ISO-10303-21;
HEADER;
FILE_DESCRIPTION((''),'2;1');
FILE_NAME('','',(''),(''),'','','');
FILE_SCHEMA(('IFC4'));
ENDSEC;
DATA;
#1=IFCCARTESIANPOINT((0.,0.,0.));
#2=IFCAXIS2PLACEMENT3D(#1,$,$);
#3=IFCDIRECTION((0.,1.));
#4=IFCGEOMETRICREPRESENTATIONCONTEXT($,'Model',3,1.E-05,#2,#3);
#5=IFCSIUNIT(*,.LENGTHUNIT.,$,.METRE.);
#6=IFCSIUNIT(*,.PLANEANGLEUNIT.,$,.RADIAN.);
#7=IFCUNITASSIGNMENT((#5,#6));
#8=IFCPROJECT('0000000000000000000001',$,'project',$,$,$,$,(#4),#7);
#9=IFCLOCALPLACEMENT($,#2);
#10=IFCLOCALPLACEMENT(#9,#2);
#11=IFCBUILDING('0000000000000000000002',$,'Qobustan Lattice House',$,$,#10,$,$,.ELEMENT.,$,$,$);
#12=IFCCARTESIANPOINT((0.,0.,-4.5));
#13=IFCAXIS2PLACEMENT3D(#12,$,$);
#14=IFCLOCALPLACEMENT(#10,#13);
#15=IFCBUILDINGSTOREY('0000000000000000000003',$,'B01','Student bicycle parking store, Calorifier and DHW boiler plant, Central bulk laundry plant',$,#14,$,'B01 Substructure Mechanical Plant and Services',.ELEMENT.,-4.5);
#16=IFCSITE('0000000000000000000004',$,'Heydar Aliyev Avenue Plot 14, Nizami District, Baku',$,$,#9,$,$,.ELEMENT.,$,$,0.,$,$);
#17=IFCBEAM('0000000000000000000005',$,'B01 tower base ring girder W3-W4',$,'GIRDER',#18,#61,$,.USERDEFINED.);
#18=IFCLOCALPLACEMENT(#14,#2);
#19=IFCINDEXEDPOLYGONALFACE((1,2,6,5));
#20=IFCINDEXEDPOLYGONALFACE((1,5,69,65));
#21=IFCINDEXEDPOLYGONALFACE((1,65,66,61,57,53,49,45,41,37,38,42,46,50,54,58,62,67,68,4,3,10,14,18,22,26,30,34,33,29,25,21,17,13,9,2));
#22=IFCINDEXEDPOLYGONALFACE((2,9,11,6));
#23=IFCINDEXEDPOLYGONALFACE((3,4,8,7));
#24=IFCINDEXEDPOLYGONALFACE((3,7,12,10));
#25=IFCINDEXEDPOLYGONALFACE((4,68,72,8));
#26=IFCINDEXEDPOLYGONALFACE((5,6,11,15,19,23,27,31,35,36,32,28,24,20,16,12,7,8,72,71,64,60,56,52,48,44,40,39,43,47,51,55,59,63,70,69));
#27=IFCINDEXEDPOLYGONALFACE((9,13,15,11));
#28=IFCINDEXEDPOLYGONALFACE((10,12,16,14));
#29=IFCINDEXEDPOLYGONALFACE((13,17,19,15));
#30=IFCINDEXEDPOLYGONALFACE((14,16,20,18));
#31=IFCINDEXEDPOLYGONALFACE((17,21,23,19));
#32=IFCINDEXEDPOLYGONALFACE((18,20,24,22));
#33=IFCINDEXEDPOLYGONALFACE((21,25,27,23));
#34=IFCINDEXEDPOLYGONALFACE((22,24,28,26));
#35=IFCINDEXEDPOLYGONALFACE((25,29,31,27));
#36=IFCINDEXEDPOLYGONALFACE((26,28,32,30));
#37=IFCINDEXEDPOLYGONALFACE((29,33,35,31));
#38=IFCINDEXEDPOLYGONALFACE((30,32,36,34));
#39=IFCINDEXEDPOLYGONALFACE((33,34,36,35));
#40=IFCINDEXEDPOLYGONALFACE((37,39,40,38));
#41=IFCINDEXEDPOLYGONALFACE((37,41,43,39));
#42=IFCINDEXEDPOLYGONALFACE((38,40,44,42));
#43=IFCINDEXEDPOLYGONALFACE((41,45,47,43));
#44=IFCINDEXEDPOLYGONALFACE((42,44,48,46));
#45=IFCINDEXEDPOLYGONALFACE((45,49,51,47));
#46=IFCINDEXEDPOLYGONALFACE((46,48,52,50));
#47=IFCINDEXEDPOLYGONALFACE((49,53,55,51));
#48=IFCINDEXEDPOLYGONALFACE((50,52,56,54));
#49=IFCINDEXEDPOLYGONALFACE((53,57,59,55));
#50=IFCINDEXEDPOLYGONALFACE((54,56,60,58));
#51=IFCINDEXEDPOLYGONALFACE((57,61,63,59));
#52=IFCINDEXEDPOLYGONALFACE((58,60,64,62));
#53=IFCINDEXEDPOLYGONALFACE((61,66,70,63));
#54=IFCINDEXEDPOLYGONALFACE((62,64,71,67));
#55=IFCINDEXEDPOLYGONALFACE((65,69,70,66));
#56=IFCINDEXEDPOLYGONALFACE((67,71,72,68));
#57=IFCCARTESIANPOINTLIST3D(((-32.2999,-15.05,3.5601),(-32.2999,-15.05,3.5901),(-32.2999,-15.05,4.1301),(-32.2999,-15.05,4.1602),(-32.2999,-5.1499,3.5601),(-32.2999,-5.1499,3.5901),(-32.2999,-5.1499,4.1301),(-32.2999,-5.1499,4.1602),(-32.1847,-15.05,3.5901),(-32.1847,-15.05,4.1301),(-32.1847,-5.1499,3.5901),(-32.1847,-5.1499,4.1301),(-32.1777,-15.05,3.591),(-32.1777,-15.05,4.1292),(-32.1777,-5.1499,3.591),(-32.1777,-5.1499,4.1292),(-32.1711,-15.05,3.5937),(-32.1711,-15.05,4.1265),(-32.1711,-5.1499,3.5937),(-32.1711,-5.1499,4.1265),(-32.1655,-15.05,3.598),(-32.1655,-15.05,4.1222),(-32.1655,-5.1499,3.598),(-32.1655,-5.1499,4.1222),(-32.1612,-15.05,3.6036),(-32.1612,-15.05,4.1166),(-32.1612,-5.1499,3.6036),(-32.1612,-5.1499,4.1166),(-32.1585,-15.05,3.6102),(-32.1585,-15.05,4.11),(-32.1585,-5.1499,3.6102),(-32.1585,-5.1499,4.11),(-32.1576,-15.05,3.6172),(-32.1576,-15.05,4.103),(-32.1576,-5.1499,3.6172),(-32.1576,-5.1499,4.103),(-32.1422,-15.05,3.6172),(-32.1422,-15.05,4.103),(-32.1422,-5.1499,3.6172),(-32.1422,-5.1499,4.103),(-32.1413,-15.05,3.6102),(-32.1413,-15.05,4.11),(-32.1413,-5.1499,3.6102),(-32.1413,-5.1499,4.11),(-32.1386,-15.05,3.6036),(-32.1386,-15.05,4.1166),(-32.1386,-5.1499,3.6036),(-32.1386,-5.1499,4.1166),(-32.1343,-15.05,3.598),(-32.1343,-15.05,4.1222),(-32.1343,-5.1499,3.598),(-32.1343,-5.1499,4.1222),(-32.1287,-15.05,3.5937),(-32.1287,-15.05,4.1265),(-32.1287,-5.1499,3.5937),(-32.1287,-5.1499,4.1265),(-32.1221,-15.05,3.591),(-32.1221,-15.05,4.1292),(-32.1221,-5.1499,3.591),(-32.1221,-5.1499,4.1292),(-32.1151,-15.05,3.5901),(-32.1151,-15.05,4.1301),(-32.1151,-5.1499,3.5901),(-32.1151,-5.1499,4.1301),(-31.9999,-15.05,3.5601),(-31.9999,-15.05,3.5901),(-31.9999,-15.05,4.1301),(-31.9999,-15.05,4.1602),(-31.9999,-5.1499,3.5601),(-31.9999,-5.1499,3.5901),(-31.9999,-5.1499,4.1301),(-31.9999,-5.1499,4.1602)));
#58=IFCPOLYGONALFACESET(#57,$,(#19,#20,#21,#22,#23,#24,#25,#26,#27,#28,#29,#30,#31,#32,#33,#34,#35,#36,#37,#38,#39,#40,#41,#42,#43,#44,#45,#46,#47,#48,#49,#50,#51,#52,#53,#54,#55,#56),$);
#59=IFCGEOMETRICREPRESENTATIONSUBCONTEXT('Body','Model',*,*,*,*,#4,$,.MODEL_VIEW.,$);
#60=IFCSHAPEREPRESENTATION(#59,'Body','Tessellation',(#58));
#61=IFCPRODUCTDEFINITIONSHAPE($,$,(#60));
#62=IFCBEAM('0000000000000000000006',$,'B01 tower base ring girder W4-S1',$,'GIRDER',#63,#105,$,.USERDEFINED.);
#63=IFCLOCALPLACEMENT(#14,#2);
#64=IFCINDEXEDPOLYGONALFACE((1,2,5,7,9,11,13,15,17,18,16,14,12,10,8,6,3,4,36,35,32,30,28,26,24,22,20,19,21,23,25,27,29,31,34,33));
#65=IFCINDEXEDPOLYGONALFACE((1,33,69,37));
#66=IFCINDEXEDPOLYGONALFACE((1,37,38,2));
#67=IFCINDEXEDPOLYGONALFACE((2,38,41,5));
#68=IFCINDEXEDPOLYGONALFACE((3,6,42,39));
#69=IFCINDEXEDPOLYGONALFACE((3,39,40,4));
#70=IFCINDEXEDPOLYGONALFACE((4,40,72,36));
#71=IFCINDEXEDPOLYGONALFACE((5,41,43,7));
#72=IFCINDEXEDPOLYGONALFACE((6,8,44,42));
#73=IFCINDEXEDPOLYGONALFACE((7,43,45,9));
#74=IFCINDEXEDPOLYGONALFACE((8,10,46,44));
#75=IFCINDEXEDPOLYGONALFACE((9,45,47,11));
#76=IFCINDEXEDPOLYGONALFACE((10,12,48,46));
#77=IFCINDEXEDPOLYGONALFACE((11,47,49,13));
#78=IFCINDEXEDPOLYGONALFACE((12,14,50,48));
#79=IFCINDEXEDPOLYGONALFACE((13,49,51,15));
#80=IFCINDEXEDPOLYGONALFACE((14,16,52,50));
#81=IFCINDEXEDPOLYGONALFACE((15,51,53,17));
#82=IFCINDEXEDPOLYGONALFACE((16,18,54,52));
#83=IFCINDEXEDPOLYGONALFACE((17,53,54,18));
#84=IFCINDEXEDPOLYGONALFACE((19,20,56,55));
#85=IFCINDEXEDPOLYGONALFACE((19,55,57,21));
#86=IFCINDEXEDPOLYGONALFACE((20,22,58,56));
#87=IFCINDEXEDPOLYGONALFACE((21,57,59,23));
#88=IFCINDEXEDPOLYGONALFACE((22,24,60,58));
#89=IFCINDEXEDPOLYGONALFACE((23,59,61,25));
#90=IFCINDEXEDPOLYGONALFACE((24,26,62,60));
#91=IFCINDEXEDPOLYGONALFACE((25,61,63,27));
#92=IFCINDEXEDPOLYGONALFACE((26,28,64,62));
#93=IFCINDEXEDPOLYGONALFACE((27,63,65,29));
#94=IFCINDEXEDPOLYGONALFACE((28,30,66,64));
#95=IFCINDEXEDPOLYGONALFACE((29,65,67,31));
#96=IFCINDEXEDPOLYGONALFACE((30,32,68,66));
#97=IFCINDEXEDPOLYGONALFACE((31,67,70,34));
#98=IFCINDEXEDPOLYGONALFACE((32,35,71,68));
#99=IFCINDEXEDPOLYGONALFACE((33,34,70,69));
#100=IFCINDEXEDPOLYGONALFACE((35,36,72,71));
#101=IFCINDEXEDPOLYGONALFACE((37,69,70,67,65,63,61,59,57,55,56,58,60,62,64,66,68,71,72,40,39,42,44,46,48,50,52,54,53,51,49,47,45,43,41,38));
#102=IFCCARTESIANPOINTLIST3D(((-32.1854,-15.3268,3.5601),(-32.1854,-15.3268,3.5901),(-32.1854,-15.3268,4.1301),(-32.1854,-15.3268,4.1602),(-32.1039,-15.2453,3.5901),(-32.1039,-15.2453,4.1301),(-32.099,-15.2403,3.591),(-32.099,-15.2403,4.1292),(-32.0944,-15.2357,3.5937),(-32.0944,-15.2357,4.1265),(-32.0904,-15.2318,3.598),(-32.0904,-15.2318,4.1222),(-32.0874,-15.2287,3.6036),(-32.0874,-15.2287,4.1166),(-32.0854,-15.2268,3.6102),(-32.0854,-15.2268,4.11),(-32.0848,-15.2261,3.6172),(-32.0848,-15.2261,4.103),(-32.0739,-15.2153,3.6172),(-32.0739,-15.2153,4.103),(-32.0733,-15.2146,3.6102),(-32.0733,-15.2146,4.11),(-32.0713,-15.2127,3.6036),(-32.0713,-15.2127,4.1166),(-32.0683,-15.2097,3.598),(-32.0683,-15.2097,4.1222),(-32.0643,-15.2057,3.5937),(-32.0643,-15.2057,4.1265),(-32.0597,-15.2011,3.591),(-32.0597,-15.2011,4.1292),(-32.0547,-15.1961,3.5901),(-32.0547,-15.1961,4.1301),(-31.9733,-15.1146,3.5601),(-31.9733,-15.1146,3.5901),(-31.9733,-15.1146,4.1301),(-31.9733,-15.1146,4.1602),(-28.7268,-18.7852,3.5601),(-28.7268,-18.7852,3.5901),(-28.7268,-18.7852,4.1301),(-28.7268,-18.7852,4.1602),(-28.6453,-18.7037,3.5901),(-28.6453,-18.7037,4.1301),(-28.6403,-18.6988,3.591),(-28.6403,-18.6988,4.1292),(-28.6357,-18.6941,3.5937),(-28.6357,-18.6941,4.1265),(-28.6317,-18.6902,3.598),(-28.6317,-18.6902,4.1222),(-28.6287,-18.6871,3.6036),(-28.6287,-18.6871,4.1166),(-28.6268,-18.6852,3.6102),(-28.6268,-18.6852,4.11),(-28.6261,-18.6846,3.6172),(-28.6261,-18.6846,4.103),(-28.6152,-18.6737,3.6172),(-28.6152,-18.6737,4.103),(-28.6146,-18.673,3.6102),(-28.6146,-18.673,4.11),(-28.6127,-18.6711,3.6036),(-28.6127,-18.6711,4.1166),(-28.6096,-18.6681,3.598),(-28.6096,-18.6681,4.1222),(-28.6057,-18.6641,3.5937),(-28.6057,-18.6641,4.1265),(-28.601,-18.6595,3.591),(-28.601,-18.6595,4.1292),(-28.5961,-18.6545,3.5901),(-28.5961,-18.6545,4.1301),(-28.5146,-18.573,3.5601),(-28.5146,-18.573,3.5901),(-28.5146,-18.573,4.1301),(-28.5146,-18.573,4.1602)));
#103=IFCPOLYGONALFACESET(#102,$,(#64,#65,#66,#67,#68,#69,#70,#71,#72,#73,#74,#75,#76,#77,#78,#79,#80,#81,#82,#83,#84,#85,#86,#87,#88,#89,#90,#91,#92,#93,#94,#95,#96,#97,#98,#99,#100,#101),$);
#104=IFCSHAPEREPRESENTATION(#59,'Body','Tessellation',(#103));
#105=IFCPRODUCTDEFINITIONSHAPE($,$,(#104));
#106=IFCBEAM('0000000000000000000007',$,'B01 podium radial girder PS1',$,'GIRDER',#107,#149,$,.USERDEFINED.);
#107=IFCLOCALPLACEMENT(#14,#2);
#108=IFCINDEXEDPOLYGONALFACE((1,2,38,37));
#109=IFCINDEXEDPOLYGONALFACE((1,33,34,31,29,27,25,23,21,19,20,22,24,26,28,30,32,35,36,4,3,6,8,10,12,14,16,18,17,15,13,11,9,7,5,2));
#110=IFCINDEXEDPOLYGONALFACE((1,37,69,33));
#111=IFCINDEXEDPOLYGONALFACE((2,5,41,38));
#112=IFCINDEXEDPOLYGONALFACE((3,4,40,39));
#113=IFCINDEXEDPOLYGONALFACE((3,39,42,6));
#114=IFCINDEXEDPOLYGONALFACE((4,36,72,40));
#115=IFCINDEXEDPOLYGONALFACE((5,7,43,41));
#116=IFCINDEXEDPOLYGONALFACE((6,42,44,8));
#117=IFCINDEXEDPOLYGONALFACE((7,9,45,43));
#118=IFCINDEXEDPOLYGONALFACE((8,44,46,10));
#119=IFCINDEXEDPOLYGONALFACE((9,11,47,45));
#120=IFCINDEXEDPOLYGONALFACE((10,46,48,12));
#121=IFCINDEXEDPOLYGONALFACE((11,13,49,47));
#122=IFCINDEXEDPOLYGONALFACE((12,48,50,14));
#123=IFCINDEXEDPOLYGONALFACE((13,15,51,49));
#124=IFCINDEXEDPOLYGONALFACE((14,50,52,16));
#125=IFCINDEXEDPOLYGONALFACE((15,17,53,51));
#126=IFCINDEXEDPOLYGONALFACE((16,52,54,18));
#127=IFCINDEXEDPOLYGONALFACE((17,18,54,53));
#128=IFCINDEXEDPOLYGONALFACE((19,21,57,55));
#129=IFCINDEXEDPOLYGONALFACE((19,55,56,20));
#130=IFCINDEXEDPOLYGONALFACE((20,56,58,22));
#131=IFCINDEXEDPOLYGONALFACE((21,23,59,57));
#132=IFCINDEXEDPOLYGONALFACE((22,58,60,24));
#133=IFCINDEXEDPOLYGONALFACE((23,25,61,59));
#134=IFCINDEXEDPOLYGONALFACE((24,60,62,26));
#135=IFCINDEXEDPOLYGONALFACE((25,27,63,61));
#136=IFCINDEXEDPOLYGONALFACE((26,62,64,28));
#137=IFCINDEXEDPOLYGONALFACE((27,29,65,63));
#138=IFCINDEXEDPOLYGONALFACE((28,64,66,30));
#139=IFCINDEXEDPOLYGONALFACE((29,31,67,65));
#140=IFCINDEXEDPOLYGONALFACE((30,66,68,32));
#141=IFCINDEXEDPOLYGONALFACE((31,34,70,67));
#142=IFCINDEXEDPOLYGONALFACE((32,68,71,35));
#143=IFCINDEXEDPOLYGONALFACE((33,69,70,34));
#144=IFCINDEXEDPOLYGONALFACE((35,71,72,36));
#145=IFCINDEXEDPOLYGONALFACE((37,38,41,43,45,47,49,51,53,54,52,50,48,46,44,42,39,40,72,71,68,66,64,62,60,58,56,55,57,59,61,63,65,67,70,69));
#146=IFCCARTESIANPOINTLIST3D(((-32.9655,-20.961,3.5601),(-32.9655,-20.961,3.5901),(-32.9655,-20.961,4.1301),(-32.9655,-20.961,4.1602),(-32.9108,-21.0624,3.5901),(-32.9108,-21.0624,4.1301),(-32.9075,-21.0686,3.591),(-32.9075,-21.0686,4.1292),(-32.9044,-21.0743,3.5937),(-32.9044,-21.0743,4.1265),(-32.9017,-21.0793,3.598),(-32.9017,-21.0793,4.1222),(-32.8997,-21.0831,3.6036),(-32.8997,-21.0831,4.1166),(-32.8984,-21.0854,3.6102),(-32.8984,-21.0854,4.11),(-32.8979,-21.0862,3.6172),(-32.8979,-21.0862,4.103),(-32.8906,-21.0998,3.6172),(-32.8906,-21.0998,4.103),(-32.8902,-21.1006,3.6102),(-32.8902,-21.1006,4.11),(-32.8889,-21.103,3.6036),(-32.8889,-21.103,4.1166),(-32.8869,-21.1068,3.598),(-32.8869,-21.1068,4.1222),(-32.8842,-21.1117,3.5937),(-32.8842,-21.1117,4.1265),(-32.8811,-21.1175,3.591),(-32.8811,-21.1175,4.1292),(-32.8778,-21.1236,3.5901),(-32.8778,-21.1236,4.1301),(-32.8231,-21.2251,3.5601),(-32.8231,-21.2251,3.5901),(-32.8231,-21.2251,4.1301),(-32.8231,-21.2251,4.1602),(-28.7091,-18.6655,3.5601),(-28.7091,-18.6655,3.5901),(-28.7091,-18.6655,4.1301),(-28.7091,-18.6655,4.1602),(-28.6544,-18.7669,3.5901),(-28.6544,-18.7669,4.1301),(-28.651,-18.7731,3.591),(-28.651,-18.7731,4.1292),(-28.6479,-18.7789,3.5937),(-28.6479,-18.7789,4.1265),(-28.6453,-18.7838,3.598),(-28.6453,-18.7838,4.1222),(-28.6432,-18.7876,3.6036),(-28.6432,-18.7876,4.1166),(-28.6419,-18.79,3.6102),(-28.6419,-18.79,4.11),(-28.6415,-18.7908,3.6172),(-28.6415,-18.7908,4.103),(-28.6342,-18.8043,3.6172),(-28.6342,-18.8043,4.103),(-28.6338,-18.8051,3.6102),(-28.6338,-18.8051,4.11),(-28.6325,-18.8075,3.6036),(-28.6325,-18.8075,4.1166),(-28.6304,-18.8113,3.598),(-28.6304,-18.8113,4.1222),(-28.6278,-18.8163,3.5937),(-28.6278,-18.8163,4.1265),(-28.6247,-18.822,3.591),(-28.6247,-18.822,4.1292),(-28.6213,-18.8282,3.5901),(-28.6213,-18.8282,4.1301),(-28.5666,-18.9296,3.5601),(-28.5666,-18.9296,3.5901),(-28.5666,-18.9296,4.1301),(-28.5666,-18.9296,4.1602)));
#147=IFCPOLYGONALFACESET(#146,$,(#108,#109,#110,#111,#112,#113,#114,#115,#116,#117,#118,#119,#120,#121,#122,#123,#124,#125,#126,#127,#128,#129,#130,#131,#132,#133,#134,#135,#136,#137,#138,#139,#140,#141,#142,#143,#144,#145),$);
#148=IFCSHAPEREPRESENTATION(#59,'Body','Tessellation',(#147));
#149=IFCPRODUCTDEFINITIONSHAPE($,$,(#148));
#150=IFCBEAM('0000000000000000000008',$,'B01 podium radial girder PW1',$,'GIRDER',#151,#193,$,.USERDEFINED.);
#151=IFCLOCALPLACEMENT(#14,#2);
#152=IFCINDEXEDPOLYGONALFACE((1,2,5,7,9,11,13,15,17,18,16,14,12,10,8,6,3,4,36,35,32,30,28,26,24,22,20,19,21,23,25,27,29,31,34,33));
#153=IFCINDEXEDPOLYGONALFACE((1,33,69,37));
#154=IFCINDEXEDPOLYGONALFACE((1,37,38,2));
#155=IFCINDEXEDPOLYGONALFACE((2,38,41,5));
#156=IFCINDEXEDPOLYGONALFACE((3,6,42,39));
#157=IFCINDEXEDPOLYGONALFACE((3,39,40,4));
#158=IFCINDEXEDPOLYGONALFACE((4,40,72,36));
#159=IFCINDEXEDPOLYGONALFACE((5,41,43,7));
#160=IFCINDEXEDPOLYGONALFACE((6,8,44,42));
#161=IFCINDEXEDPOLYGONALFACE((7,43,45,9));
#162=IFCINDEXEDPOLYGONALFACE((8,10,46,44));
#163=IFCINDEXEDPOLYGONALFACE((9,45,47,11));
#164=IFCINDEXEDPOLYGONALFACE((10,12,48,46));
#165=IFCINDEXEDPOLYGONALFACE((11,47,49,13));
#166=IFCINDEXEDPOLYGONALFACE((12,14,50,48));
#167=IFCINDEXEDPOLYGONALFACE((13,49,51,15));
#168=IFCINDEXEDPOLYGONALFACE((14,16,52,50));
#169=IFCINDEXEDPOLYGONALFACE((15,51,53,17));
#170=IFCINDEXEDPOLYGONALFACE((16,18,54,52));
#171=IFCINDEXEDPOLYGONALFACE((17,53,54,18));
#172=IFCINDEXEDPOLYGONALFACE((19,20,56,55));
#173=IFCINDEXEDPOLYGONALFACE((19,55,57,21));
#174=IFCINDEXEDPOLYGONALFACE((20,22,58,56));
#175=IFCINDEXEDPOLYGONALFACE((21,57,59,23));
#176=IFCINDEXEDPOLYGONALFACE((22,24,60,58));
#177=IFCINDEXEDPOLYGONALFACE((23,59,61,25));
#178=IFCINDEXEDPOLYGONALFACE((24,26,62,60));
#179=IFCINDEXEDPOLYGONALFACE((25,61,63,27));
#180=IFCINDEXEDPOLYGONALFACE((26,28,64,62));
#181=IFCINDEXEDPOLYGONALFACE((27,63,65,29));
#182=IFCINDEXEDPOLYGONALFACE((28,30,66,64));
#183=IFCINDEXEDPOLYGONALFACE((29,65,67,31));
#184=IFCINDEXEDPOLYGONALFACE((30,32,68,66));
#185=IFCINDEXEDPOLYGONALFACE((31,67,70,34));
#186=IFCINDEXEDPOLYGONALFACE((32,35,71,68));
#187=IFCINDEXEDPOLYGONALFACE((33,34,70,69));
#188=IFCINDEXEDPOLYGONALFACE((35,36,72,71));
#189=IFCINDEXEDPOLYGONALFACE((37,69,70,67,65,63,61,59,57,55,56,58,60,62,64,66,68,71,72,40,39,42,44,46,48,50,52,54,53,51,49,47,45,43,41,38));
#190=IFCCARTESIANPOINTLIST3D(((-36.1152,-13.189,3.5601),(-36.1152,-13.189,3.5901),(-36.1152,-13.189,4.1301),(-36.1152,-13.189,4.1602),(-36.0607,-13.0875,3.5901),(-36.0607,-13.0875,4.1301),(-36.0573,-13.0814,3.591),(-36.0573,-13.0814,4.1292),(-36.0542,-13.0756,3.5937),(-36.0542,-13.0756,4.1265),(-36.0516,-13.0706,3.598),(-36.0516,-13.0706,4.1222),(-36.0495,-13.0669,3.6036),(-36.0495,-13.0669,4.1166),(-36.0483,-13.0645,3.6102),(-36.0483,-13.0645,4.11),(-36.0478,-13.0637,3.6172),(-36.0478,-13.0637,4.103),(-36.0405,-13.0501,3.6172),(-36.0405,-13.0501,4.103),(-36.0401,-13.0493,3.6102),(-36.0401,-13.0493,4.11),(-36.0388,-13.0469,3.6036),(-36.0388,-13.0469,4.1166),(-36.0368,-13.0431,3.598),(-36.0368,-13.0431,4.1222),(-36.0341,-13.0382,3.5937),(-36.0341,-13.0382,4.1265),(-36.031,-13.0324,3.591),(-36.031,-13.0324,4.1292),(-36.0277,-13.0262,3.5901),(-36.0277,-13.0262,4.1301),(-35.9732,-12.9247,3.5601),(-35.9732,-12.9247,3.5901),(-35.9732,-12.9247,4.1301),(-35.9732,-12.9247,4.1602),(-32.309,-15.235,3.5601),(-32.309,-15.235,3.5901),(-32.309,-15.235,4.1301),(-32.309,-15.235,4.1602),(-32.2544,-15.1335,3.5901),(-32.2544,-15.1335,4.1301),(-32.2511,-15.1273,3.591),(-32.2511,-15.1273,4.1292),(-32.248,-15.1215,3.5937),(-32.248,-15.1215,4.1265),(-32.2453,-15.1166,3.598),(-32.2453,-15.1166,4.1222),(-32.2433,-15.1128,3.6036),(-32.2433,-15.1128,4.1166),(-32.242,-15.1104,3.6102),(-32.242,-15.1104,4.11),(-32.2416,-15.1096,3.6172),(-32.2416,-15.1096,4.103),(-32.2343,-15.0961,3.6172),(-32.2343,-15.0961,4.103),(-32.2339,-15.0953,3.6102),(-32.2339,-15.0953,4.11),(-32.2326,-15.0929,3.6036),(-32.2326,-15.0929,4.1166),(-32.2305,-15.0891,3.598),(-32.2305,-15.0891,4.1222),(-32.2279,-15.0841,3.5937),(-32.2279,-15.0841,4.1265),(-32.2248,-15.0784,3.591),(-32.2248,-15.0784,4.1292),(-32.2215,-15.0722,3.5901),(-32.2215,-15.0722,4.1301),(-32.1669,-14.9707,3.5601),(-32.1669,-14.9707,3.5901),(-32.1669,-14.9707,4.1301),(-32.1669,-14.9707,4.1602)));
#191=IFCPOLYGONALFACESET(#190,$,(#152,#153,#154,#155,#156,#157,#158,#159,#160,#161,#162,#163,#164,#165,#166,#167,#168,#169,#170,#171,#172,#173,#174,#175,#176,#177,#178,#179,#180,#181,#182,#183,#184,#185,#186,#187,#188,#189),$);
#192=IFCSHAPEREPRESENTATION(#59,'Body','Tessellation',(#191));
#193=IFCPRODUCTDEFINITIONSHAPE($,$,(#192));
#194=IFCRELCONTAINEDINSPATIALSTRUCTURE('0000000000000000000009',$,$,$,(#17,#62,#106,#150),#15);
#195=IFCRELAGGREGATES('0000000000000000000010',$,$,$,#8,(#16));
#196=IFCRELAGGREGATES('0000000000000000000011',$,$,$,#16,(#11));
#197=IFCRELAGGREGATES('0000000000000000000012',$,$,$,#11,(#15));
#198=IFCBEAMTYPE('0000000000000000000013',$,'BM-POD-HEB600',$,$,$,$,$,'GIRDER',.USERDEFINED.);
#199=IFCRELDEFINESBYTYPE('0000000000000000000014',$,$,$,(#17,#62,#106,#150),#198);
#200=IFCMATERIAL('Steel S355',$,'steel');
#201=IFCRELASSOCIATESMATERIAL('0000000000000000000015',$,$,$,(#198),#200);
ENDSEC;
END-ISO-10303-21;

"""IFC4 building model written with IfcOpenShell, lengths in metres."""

from ifc_helpers import new_model, si_unit, direction, frame, origin, origin_2d, place, context, subcontext, project, spatial, i_section, extrude, material, material_profile, profile_set, type_object, element, save


model = new_model("IFC4")

# Units and contexts
model_context = context("Model", 3, precision=1e-05, world=origin(), true_north=direction((0.0, 1.0)))
body_context = subcontext(model_context, "Body", "Model", "MODEL_VIEW")
ifc_project = project(units=[si_unit("LENGTHUNIT", "METRE"), si_unit("PLANEANGLEUNIT", "RADIAN")], contexts=[model_context])

# Site, building, storey
site_placement = place(None, origin())
site = spatial("IfcSite", under=ifc_project, at=site_placement, Name="Heydar Aliyev Avenue Plot 14, Nizami District, Baku", CompositionType="ELEMENT", RefElevation=0.0)
building_placement = place(site_placement, origin())
building = spatial("IfcBuilding", under=site, at=building_placement, Name="Qobustan Lattice House", CompositionType="ELEMENT")
storey_placement = place(building_placement, frame((0.0, 0.0, -4.5)))
storey = spatial("IfcBuildingStorey", under=building, at=storey_placement, Name="B01", Description="Student bicycle parking store, Calorifier and DHW boiler plant, Central bulk laundry plant", LongName="B01 Substructure Mechanical Plant and Services", CompositionType="ELEMENT", Elevation=-4.5)

# Beams
ifc_material_1 = material(Name="Steel S355", Category="steel")
ifc_material_profile_1 = material_profile(ifc_material_1, i_section(OverallWidth=0.3, OverallDepth=0.6001, WebThickness=0.0154, FlangeThickness=0.03, FilletRadius=0.0271, at=origin_2d()), Name="HEB600")
ifc_profile_set_1 = profile_set([ifc_material_profile_1], Name="Steel S355")
beam_type_1 = type_object("IfcBeamType", Name="BM-POD-HEB600", ElementType="GIRDER", PredefinedType="USERDEFINED", material=ifc_profile_set_1)
beam_1_placement = place(storey_placement, frame((-32.1499, -5.1499, 3.8601), z_axis=(0.0, -1.0, 0.0), x_axis=(1.0, 0.0, 0.0)))
element("IfcBeam", 1, at=beam_1_placement, inside=storey, type_object=beam_type_1, Name="B01 tower base ring girder W3-W4", ObjectType="GIRDER", PredefinedType="USERDEFINED", context=body_context, shape_type="SweptSolid", body=[
    extrude(i_section(OverallWidth=0.3, OverallDepth=0.6001, WebThickness=0.0154, FlangeThickness=0.03, FilletRadius=0.0271, at=origin_2d()), origin(), (0.0, 0.0, 1.0), 9.9001),
])
beam_2_placement = place(storey_placement, frame((-32.0793, -15.2207, 3.8601), z_axis=(0.707132, -0.707082, 0.0), x_axis=(0.707082, 0.707132, 0.0)))
element("IfcBeam", 2, at=beam_2_placement, inside=storey, type_object=beam_type_1, Name="B01 tower base ring girder W4-S1", ObjectType="GIRDER", PredefinedType="USERDEFINED", context=body_context, shape_type="SweptSolid", body=[
    extrude(i_section(OverallWidth=0.3, OverallDepth=0.6001, WebThickness=0.0154, FlangeThickness=0.03, FilletRadius=0.0271, at=origin_2d()), origin(), (0.0, 0.0, 1.0), 4.8911),
])
beam_3_placement = place(storey_placement, frame((-32.8943, -21.093, 3.8601), z_axis=(0.880166, 0.474666, 0.0), x_axis=(-0.474666, 0.880166, 0.0)))
element("IfcBeam", 3, at=beam_3_placement, inside=storey, type_object=beam_type_1, Name="B01 podium radial girder PS1", ObjectType="GIRDER", PredefinedType="USERDEFINED", context=body_context, shape_type="SweptSolid", body=[
    extrude(i_section(OverallWidth=0.3, OverallDepth=0.6001, WebThickness=0.0154, FlangeThickness=0.03, FilletRadius=0.0271, at=origin_2d()), origin(), (0.0, 0.0, 1.0), 4.8359),
])
beam_4_placement = place(storey_placement, frame((-36.0442, -13.0569, 3.8601), z_axis=(0.880816, -0.47346, 0.0), x_axis=(0.47346, 0.880816, 0.0)))
element("IfcBeam", 4, at=beam_4_placement, inside=storey, type_object=beam_type_1, Name="B01 podium radial girder PW1", ObjectType="GIRDER", PredefinedType="USERDEFINED", context=body_context, shape_type="SweptSolid", body=[
    extrude(i_section(OverallWidth=0.3, OverallDepth=0.6001, WebThickness=0.0154, FlangeThickness=0.03, FilletRadius=0.0271, at=origin_2d()), origin(), (0.0, 0.0, 1.0), 4.3213),
])

save(model, "model.ifc")
